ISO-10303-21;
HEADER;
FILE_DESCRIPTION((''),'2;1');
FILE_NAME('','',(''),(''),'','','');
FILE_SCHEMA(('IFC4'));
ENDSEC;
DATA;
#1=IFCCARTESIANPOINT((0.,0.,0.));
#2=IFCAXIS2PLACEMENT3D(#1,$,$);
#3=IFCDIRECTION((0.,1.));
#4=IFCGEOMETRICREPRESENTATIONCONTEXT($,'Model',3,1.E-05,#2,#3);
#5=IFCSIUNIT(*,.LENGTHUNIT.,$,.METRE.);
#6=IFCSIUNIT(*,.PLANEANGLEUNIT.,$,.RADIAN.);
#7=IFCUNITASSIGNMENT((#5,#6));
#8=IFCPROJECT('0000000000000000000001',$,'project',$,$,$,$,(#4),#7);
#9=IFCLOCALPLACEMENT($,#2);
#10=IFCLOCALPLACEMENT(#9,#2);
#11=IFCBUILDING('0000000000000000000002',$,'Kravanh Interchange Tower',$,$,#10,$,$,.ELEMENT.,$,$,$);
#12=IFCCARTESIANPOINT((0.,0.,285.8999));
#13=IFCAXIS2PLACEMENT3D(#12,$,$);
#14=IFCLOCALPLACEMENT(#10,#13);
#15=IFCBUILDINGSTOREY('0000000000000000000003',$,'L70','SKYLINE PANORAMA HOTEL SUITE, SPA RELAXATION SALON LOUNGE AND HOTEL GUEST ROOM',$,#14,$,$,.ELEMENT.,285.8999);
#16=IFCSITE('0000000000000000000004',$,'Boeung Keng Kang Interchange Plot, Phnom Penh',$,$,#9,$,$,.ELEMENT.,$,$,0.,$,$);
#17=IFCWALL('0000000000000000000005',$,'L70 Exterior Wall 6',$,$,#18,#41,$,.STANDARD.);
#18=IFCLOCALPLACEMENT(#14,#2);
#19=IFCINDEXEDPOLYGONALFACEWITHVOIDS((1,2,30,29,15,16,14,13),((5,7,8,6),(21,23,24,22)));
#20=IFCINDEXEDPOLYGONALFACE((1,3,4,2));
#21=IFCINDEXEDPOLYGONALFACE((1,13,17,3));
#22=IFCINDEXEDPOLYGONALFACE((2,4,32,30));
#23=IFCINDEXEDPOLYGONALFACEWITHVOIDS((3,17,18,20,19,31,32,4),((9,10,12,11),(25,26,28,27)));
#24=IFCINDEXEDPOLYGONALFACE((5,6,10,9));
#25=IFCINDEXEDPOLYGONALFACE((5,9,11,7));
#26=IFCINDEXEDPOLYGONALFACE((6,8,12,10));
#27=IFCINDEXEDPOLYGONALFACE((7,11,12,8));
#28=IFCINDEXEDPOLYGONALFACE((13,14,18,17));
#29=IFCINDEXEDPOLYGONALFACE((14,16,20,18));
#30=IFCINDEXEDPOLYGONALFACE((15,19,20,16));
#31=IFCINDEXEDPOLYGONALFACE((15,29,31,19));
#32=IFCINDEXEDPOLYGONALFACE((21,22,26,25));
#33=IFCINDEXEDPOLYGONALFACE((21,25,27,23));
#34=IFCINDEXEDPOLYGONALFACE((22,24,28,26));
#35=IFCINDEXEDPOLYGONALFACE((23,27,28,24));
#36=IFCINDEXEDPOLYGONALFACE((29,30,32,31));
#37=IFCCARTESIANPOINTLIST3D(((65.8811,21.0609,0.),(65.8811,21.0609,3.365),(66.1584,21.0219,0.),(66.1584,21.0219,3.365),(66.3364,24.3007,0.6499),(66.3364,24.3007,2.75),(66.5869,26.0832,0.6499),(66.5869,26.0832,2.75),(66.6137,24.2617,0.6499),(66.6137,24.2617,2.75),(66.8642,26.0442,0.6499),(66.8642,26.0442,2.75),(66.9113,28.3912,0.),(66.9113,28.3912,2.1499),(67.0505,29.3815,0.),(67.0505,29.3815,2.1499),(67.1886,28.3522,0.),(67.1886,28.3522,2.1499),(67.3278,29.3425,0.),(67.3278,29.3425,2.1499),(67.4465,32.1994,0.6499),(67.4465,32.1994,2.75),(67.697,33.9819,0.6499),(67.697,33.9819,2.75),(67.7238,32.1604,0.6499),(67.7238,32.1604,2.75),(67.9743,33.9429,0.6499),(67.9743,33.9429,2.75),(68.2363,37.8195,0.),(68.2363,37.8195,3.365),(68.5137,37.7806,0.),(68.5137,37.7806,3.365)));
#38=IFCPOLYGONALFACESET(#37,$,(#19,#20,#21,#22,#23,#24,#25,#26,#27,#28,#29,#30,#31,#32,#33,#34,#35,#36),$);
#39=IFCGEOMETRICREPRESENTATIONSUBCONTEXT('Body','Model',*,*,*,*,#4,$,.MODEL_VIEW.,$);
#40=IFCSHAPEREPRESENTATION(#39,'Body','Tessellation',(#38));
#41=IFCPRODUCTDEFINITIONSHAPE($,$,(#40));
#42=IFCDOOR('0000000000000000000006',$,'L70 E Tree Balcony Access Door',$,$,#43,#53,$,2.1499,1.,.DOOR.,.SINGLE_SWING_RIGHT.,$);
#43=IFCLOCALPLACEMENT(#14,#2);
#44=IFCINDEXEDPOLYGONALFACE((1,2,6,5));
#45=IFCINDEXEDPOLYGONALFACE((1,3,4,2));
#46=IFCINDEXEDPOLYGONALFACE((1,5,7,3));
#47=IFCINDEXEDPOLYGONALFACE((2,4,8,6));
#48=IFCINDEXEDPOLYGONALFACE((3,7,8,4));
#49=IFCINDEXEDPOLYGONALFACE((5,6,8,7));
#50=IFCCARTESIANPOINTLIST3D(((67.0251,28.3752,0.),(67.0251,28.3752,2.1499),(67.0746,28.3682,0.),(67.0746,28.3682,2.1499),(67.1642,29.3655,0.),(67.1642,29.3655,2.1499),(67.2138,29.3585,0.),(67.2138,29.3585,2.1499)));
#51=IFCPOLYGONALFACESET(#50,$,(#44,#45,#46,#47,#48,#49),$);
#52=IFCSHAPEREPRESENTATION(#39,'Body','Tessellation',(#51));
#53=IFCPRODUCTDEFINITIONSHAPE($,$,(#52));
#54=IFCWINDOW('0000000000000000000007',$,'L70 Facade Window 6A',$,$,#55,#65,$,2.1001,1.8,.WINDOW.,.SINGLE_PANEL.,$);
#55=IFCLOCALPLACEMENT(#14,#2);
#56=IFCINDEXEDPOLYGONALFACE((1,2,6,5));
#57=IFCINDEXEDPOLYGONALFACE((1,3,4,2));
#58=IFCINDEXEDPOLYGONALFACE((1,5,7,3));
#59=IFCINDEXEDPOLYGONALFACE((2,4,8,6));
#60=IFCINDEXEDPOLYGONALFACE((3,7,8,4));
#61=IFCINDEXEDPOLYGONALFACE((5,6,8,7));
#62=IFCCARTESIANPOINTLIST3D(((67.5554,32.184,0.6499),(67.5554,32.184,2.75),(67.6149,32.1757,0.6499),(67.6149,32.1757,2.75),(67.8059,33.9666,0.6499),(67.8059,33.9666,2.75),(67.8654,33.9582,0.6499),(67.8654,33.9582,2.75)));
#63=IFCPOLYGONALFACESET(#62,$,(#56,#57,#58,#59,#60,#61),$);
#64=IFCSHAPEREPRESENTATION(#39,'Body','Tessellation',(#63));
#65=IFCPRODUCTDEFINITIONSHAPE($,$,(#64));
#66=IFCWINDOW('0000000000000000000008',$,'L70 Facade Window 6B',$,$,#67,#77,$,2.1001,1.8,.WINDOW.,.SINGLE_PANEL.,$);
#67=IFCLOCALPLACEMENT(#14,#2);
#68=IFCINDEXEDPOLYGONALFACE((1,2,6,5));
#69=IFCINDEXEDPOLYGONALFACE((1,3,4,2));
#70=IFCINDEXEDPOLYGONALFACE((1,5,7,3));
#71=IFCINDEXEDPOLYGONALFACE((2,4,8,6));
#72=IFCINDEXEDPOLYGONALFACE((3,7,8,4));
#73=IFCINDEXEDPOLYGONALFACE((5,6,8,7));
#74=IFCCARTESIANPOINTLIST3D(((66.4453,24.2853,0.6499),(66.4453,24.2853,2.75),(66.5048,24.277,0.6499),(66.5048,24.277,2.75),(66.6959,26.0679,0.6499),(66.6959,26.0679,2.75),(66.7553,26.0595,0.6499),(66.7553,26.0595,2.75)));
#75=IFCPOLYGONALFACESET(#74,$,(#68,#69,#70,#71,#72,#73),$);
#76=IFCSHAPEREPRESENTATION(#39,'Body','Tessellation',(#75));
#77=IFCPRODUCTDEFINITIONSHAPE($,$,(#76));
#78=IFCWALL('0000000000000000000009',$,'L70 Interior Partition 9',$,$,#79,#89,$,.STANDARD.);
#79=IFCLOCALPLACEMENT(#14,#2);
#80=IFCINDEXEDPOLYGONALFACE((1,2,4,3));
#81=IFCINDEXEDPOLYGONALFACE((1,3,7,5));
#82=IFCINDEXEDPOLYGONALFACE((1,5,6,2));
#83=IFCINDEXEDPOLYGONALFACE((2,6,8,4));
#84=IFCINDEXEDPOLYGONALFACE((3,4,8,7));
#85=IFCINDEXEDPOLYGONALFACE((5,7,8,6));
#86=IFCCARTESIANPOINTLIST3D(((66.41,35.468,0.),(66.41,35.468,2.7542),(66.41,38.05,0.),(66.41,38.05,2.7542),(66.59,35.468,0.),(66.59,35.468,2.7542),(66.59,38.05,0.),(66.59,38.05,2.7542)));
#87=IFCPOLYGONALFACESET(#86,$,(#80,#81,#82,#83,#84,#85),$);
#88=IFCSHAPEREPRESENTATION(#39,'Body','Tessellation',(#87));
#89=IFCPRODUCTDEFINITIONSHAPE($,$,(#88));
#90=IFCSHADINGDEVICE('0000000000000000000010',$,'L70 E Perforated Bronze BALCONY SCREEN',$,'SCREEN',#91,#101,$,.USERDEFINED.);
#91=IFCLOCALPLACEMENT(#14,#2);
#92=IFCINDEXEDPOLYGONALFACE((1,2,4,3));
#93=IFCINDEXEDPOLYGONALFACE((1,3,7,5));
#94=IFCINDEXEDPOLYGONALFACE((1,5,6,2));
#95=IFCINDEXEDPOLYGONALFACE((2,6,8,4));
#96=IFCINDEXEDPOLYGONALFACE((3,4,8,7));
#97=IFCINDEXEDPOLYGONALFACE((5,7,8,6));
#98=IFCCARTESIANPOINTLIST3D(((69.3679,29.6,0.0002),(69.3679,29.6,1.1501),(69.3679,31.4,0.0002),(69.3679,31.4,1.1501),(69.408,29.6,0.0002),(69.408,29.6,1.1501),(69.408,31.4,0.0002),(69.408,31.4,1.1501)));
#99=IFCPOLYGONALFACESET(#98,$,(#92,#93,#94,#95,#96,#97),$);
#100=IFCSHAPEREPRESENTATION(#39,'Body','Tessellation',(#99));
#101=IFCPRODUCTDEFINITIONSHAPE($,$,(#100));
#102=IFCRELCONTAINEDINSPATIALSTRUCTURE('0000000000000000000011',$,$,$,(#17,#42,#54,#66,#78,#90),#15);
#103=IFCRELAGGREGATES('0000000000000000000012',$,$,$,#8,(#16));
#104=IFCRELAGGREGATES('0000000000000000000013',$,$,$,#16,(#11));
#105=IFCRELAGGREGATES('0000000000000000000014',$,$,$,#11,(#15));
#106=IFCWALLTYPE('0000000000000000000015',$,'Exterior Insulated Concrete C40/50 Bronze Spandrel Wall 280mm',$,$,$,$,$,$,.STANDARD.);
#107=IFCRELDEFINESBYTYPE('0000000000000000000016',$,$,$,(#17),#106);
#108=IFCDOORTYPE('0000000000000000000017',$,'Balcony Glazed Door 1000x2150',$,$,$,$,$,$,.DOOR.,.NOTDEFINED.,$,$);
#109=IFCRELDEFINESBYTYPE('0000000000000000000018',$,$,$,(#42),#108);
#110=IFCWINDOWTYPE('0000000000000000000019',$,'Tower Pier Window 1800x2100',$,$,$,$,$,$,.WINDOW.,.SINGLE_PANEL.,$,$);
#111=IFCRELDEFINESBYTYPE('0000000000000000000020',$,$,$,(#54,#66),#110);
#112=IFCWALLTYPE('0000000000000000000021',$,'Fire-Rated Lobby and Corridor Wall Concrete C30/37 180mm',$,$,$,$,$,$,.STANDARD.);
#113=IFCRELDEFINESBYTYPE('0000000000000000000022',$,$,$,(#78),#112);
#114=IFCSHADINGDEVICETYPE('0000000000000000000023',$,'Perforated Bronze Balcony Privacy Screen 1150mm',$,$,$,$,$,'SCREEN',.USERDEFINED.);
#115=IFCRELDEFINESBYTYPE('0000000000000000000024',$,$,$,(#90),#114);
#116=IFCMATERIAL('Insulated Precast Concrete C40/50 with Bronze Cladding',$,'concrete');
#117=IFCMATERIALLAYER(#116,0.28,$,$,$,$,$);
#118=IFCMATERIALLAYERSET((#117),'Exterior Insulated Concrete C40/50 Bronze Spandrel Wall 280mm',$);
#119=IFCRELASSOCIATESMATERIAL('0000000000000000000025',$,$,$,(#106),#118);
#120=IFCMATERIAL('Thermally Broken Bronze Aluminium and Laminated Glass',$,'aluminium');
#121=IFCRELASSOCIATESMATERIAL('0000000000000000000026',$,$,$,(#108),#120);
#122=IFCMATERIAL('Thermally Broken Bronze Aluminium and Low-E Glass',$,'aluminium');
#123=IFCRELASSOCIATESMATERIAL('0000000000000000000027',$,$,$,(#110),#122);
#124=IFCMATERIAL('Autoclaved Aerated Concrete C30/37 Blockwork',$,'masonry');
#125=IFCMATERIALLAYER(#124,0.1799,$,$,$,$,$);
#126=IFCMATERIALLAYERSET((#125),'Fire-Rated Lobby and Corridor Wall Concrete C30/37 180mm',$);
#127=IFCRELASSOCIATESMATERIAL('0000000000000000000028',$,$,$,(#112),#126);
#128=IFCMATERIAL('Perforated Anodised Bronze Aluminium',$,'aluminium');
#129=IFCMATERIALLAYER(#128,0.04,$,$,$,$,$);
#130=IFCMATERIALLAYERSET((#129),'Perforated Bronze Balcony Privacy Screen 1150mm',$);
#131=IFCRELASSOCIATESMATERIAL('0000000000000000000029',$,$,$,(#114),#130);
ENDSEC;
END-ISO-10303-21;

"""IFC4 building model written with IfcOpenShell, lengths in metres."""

from ifc_helpers import new_model, si_unit, direction, frame, frame_2d, origin, origin_2d, place, context, subcontext, project, spatial, rectangle, extrude, material, layer, layer_set, type_object, element, fill, save


model = new_model("IFC4")

# Units and contexts
model_context = context("Model", 3, precision=1e-05, world=origin(), true_north=direction((0.0, 1.0)))
body_context = subcontext(model_context, "Body", "Model", "MODEL_VIEW")
ifc_project = project(units=[si_unit("LENGTHUNIT", "METRE"), si_unit("PLANEANGLEUNIT", "RADIAN")], contexts=[model_context])

# Site, building, storey
site_placement = place(None, origin())
site = spatial("IfcSite", under=ifc_project, at=site_placement, Name="Boeung Keng Kang Interchange Plot, Phnom Penh", CompositionType="ELEMENT", RefElevation=0.0)
building_placement = place(site_placement, origin())
building = spatial("IfcBuilding", under=site, at=building_placement, Name="Kravanh Interchange Tower", CompositionType="ELEMENT")
storey_placement = place(building_placement, frame((0.0, 0.0, 285.8999)))
storey = spatial("IfcBuildingStorey", under=building, at=storey_placement, Name="L70", Description="SKYLINE PANORAMA HOTEL SUITE, SPA RELAXATION SALON LOUNGE AND HOTEL GUEST ROOM", CompositionType="ELEMENT", Elevation=285.8999)

# Wall, openings, door, windows
ifc_material_1 = material(Name="Insulated Precast Concrete C40/50 with Bronze Cladding", Category="concrete")
ifc_layer_1 = layer(ifc_material_1, 0.28)
ifc_layer_set_1 = layer_set([ifc_layer_1], Name="Exterior Insulated Concrete C40/50 Bronze Spandrel Wall 280mm")
wall_type_1 = type_object("IfcWallType", Name="Exterior Insulated Concrete C40/50 Bronze Spandrel Wall 280mm", PredefinedType="STANDARD", material=ifc_layer_set_1)
wall_1_placement = place(storey_placement, frame((68.375, 37.8, 0.0), z_axis=(0.0, 0.0, 1.0), x_axis=(-0.139171, -0.990268, 0.0)))
wall_1 = element("IfcWall", 1, at=wall_1_placement, inside=storey, type_object=wall_type_1, Name="L70 Exterior Wall 6", PredefinedType="STANDARD", context=body_context, shape_type="SweptSolid", body=[
    extrude(rectangle(XDim=16.9233, YDim=0.28, at=frame_2d((8.4617, 0.0))), origin(), (0.0, 0.0, 1.0), 3.365),
])
opening_1_placement = place(wall_1_placement, frame((8.521, 0.0, 0.0)))
opening_1 = element("IfcOpeningElement", 2, at=opening_1_placement, cuts=wall_1, PredefinedType="OPENING", context=body_context, shape_type="SweptSolid", body=[
    extrude(rectangle(XDim=1.0, YDim=2.1499, at=frame_2d((0.5, 1.075))), frame((0.0, 0.1499, 0.0), z_axis=(0.0, -1.0, 0.0), x_axis=(1.0, 0.0, 0.0)), (0.0, 0.0, 1.0), 0.3),
])
opening_2_placement = place(wall_1_placement, frame((3.8755, 0.0, 0.6499)))
opening_2 = element("IfcOpeningElement", 3, at=opening_2_placement, cuts=wall_1, PredefinedType="OPENING", context=body_context, shape_type="SweptSolid", body=[
    extrude(rectangle(XDim=1.8, YDim=2.1001, at=frame_2d((0.8999, 1.05))), frame((0.0, 0.1499, 0.0), z_axis=(0.0, -1.0, 0.0), x_axis=(1.0, 0.0, 0.0)), (0.0, 0.0, 1.0), 0.3),
])
opening_3_placement = place(wall_1_placement, frame((11.8518, 0.0, 0.6499)))
opening_3 = element("IfcOpeningElement", 4, at=opening_3_placement, cuts=wall_1, PredefinedType="OPENING", context=body_context, shape_type="SweptSolid", body=[
    extrude(rectangle(XDim=1.8, YDim=2.1001, at=frame_2d((0.8999, 1.05))), frame((0.0, 0.1499, 0.0), z_axis=(0.0, -1.0, 0.0), x_axis=(1.0, 0.0, 0.0)), (0.0, 0.0, 1.0), 0.3),
])
ifc_material_2 = material(Name="Thermally Broken Bronze Aluminium and Laminated Glass", Category="aluminium")
door_type = type_object("IfcDoorType", Name="Balcony Glazed Door 1000x2150", OperationType="NOTDEFINED", PredefinedType="DOOR", material=ifc_material_2)
door_placement = place(opening_1_placement, origin())
door = element("IfcDoor", 5, at=door_placement, inside=storey, type_object=door_type, Name="L70 E Tree Balcony Access Door", OperationType="SINGLE_SWING_RIGHT", OverallHeight=2.1499, OverallWidth=1.0, PredefinedType="DOOR", context=body_context, shape_type="SweptSolid", body=[
    extrude(rectangle(XDim=1.0, YDim=2.1499, at=frame_2d((0.5, 1.075))), frame((0.0, 0.0249, 0.0), z_axis=(0.0, -1.0, 0.0), x_axis=(1.0, 0.0, 0.0)), (0.0, 0.0, 1.0), 0.05),
])
fill(opening_1, door)
ifc_material_3 = material(Name="Thermally Broken Bronze Aluminium and Low-E Glass", Category="aluminium")
window_type = type_object("IfcWindowType", Name="Tower Pier Window 1800x2100", PartitioningType="SINGLE_PANEL", PredefinedType="WINDOW", material=ifc_material_3)
window_1_placement = place(opening_2_placement, origin())
window_1 = element("IfcWindow", 6, at=window_1_placement, inside=storey, type_object=window_type, Name="L70 Facade Window 6A", OverallHeight=2.1001, OverallWidth=1.8, PartitioningType="SINGLE_PANEL", PredefinedType="WINDOW", context=body_context, shape_type="SweptSolid", body=[
    extrude(rectangle(XDim=1.8, YDim=2.1001, at=frame_2d((0.8999, 1.05))), frame((0.0, 0.03, 0.0), z_axis=(0.0, -1.0, 0.0), x_axis=(1.0, 0.0, 0.0)), (0.0, 0.0, 1.0), 0.0601),
])
fill(opening_2, window_1)
window_2_placement = place(opening_3_placement, origin())
window_2 = element("IfcWindow", 7, at=window_2_placement, inside=storey, type_object=window_type, Name="L70 Facade Window 6B", OverallHeight=2.1001, OverallWidth=1.8, PartitioningType="SINGLE_PANEL", PredefinedType="WINDOW", context=body_context, shape_type="SweptSolid", body=[
    extrude(rectangle(XDim=1.8, YDim=2.1001, at=frame_2d((0.8999, 1.05))), frame((0.0, 0.03, 0.0), z_axis=(0.0, -1.0, 0.0), x_axis=(1.0, 0.0, 0.0)), (0.0, 0.0, 1.0), 0.0601),
])
fill(opening_3, window_2)

# Wall
ifc_material_4 = material(Name="Autoclaved Aerated Concrete C30/37 Blockwork", Category="masonry")
ifc_layer_2 = layer(ifc_material_4, 0.1799)
ifc_layer_set_2 = layer_set([ifc_layer_2], Name="Fire-Rated Lobby and Corridor Wall Concrete C30/37 180mm")
wall_type_2 = type_object("IfcWallType", Name="Fire-Rated Lobby and Corridor Wall Concrete C30/37 180mm", PredefinedType="STANDARD", material=ifc_layer_set_2)
wall_2_placement = place(storey_placement, frame((66.5, 35.468, 0.0), z_axis=(0.0, 0.0, 1.0), x_axis=(0.0, 1.0, 0.0)))
element("IfcWall", 8, at=wall_2_placement, inside=storey, type_object=wall_type_2, Name="L70 Interior Partition 9", PredefinedType="STANDARD", context=body_context, shape_type="SweptSolid", body=[
    extrude(rectangle(XDim=2.582, YDim=0.1799, at=frame_2d((1.291, 0.0))), origin(), (0.0, 0.0, 1.0), 2.7542),
])

# Shading device
ifc_material_5 = material(Name="Perforated Anodised Bronze Aluminium", Category="aluminium")
ifc_layer_3 = layer(ifc_material_5, 0.04)
ifc_layer_set_3 = layer_set([ifc_layer_3], Name="Perforated Bronze Balcony Privacy Screen 1150mm")
shading_device_type = type_object("IfcShadingDeviceType", Name="Perforated Bronze Balcony Privacy Screen 1150mm", ElementType="SCREEN", PredefinedType="USERDEFINED", material=ifc_layer_set_3)
shading_device_placement = place(storey_placement, frame((69.3879, 30.5, 0.0002), z_axis=(0.0, 0.0, 1.0), x_axis=(1.0, 0.0, 0.0)))
element("IfcShadingDevice", 9, at=shading_device_placement, inside=storey, type_object=shading_device_type, Name="L70 E Perforated Bronze BALCONY SCREEN", ObjectType="SCREEN", PredefinedType="USERDEFINED", context=body_context, shape_type="SweptSolid", body=[
    extrude(rectangle(XDim=0.04, YDim=1.8, at=origin_2d()), origin(), (0.0, 0.0, 1.0), 1.1499),
])

save(model, "model.ifc")
